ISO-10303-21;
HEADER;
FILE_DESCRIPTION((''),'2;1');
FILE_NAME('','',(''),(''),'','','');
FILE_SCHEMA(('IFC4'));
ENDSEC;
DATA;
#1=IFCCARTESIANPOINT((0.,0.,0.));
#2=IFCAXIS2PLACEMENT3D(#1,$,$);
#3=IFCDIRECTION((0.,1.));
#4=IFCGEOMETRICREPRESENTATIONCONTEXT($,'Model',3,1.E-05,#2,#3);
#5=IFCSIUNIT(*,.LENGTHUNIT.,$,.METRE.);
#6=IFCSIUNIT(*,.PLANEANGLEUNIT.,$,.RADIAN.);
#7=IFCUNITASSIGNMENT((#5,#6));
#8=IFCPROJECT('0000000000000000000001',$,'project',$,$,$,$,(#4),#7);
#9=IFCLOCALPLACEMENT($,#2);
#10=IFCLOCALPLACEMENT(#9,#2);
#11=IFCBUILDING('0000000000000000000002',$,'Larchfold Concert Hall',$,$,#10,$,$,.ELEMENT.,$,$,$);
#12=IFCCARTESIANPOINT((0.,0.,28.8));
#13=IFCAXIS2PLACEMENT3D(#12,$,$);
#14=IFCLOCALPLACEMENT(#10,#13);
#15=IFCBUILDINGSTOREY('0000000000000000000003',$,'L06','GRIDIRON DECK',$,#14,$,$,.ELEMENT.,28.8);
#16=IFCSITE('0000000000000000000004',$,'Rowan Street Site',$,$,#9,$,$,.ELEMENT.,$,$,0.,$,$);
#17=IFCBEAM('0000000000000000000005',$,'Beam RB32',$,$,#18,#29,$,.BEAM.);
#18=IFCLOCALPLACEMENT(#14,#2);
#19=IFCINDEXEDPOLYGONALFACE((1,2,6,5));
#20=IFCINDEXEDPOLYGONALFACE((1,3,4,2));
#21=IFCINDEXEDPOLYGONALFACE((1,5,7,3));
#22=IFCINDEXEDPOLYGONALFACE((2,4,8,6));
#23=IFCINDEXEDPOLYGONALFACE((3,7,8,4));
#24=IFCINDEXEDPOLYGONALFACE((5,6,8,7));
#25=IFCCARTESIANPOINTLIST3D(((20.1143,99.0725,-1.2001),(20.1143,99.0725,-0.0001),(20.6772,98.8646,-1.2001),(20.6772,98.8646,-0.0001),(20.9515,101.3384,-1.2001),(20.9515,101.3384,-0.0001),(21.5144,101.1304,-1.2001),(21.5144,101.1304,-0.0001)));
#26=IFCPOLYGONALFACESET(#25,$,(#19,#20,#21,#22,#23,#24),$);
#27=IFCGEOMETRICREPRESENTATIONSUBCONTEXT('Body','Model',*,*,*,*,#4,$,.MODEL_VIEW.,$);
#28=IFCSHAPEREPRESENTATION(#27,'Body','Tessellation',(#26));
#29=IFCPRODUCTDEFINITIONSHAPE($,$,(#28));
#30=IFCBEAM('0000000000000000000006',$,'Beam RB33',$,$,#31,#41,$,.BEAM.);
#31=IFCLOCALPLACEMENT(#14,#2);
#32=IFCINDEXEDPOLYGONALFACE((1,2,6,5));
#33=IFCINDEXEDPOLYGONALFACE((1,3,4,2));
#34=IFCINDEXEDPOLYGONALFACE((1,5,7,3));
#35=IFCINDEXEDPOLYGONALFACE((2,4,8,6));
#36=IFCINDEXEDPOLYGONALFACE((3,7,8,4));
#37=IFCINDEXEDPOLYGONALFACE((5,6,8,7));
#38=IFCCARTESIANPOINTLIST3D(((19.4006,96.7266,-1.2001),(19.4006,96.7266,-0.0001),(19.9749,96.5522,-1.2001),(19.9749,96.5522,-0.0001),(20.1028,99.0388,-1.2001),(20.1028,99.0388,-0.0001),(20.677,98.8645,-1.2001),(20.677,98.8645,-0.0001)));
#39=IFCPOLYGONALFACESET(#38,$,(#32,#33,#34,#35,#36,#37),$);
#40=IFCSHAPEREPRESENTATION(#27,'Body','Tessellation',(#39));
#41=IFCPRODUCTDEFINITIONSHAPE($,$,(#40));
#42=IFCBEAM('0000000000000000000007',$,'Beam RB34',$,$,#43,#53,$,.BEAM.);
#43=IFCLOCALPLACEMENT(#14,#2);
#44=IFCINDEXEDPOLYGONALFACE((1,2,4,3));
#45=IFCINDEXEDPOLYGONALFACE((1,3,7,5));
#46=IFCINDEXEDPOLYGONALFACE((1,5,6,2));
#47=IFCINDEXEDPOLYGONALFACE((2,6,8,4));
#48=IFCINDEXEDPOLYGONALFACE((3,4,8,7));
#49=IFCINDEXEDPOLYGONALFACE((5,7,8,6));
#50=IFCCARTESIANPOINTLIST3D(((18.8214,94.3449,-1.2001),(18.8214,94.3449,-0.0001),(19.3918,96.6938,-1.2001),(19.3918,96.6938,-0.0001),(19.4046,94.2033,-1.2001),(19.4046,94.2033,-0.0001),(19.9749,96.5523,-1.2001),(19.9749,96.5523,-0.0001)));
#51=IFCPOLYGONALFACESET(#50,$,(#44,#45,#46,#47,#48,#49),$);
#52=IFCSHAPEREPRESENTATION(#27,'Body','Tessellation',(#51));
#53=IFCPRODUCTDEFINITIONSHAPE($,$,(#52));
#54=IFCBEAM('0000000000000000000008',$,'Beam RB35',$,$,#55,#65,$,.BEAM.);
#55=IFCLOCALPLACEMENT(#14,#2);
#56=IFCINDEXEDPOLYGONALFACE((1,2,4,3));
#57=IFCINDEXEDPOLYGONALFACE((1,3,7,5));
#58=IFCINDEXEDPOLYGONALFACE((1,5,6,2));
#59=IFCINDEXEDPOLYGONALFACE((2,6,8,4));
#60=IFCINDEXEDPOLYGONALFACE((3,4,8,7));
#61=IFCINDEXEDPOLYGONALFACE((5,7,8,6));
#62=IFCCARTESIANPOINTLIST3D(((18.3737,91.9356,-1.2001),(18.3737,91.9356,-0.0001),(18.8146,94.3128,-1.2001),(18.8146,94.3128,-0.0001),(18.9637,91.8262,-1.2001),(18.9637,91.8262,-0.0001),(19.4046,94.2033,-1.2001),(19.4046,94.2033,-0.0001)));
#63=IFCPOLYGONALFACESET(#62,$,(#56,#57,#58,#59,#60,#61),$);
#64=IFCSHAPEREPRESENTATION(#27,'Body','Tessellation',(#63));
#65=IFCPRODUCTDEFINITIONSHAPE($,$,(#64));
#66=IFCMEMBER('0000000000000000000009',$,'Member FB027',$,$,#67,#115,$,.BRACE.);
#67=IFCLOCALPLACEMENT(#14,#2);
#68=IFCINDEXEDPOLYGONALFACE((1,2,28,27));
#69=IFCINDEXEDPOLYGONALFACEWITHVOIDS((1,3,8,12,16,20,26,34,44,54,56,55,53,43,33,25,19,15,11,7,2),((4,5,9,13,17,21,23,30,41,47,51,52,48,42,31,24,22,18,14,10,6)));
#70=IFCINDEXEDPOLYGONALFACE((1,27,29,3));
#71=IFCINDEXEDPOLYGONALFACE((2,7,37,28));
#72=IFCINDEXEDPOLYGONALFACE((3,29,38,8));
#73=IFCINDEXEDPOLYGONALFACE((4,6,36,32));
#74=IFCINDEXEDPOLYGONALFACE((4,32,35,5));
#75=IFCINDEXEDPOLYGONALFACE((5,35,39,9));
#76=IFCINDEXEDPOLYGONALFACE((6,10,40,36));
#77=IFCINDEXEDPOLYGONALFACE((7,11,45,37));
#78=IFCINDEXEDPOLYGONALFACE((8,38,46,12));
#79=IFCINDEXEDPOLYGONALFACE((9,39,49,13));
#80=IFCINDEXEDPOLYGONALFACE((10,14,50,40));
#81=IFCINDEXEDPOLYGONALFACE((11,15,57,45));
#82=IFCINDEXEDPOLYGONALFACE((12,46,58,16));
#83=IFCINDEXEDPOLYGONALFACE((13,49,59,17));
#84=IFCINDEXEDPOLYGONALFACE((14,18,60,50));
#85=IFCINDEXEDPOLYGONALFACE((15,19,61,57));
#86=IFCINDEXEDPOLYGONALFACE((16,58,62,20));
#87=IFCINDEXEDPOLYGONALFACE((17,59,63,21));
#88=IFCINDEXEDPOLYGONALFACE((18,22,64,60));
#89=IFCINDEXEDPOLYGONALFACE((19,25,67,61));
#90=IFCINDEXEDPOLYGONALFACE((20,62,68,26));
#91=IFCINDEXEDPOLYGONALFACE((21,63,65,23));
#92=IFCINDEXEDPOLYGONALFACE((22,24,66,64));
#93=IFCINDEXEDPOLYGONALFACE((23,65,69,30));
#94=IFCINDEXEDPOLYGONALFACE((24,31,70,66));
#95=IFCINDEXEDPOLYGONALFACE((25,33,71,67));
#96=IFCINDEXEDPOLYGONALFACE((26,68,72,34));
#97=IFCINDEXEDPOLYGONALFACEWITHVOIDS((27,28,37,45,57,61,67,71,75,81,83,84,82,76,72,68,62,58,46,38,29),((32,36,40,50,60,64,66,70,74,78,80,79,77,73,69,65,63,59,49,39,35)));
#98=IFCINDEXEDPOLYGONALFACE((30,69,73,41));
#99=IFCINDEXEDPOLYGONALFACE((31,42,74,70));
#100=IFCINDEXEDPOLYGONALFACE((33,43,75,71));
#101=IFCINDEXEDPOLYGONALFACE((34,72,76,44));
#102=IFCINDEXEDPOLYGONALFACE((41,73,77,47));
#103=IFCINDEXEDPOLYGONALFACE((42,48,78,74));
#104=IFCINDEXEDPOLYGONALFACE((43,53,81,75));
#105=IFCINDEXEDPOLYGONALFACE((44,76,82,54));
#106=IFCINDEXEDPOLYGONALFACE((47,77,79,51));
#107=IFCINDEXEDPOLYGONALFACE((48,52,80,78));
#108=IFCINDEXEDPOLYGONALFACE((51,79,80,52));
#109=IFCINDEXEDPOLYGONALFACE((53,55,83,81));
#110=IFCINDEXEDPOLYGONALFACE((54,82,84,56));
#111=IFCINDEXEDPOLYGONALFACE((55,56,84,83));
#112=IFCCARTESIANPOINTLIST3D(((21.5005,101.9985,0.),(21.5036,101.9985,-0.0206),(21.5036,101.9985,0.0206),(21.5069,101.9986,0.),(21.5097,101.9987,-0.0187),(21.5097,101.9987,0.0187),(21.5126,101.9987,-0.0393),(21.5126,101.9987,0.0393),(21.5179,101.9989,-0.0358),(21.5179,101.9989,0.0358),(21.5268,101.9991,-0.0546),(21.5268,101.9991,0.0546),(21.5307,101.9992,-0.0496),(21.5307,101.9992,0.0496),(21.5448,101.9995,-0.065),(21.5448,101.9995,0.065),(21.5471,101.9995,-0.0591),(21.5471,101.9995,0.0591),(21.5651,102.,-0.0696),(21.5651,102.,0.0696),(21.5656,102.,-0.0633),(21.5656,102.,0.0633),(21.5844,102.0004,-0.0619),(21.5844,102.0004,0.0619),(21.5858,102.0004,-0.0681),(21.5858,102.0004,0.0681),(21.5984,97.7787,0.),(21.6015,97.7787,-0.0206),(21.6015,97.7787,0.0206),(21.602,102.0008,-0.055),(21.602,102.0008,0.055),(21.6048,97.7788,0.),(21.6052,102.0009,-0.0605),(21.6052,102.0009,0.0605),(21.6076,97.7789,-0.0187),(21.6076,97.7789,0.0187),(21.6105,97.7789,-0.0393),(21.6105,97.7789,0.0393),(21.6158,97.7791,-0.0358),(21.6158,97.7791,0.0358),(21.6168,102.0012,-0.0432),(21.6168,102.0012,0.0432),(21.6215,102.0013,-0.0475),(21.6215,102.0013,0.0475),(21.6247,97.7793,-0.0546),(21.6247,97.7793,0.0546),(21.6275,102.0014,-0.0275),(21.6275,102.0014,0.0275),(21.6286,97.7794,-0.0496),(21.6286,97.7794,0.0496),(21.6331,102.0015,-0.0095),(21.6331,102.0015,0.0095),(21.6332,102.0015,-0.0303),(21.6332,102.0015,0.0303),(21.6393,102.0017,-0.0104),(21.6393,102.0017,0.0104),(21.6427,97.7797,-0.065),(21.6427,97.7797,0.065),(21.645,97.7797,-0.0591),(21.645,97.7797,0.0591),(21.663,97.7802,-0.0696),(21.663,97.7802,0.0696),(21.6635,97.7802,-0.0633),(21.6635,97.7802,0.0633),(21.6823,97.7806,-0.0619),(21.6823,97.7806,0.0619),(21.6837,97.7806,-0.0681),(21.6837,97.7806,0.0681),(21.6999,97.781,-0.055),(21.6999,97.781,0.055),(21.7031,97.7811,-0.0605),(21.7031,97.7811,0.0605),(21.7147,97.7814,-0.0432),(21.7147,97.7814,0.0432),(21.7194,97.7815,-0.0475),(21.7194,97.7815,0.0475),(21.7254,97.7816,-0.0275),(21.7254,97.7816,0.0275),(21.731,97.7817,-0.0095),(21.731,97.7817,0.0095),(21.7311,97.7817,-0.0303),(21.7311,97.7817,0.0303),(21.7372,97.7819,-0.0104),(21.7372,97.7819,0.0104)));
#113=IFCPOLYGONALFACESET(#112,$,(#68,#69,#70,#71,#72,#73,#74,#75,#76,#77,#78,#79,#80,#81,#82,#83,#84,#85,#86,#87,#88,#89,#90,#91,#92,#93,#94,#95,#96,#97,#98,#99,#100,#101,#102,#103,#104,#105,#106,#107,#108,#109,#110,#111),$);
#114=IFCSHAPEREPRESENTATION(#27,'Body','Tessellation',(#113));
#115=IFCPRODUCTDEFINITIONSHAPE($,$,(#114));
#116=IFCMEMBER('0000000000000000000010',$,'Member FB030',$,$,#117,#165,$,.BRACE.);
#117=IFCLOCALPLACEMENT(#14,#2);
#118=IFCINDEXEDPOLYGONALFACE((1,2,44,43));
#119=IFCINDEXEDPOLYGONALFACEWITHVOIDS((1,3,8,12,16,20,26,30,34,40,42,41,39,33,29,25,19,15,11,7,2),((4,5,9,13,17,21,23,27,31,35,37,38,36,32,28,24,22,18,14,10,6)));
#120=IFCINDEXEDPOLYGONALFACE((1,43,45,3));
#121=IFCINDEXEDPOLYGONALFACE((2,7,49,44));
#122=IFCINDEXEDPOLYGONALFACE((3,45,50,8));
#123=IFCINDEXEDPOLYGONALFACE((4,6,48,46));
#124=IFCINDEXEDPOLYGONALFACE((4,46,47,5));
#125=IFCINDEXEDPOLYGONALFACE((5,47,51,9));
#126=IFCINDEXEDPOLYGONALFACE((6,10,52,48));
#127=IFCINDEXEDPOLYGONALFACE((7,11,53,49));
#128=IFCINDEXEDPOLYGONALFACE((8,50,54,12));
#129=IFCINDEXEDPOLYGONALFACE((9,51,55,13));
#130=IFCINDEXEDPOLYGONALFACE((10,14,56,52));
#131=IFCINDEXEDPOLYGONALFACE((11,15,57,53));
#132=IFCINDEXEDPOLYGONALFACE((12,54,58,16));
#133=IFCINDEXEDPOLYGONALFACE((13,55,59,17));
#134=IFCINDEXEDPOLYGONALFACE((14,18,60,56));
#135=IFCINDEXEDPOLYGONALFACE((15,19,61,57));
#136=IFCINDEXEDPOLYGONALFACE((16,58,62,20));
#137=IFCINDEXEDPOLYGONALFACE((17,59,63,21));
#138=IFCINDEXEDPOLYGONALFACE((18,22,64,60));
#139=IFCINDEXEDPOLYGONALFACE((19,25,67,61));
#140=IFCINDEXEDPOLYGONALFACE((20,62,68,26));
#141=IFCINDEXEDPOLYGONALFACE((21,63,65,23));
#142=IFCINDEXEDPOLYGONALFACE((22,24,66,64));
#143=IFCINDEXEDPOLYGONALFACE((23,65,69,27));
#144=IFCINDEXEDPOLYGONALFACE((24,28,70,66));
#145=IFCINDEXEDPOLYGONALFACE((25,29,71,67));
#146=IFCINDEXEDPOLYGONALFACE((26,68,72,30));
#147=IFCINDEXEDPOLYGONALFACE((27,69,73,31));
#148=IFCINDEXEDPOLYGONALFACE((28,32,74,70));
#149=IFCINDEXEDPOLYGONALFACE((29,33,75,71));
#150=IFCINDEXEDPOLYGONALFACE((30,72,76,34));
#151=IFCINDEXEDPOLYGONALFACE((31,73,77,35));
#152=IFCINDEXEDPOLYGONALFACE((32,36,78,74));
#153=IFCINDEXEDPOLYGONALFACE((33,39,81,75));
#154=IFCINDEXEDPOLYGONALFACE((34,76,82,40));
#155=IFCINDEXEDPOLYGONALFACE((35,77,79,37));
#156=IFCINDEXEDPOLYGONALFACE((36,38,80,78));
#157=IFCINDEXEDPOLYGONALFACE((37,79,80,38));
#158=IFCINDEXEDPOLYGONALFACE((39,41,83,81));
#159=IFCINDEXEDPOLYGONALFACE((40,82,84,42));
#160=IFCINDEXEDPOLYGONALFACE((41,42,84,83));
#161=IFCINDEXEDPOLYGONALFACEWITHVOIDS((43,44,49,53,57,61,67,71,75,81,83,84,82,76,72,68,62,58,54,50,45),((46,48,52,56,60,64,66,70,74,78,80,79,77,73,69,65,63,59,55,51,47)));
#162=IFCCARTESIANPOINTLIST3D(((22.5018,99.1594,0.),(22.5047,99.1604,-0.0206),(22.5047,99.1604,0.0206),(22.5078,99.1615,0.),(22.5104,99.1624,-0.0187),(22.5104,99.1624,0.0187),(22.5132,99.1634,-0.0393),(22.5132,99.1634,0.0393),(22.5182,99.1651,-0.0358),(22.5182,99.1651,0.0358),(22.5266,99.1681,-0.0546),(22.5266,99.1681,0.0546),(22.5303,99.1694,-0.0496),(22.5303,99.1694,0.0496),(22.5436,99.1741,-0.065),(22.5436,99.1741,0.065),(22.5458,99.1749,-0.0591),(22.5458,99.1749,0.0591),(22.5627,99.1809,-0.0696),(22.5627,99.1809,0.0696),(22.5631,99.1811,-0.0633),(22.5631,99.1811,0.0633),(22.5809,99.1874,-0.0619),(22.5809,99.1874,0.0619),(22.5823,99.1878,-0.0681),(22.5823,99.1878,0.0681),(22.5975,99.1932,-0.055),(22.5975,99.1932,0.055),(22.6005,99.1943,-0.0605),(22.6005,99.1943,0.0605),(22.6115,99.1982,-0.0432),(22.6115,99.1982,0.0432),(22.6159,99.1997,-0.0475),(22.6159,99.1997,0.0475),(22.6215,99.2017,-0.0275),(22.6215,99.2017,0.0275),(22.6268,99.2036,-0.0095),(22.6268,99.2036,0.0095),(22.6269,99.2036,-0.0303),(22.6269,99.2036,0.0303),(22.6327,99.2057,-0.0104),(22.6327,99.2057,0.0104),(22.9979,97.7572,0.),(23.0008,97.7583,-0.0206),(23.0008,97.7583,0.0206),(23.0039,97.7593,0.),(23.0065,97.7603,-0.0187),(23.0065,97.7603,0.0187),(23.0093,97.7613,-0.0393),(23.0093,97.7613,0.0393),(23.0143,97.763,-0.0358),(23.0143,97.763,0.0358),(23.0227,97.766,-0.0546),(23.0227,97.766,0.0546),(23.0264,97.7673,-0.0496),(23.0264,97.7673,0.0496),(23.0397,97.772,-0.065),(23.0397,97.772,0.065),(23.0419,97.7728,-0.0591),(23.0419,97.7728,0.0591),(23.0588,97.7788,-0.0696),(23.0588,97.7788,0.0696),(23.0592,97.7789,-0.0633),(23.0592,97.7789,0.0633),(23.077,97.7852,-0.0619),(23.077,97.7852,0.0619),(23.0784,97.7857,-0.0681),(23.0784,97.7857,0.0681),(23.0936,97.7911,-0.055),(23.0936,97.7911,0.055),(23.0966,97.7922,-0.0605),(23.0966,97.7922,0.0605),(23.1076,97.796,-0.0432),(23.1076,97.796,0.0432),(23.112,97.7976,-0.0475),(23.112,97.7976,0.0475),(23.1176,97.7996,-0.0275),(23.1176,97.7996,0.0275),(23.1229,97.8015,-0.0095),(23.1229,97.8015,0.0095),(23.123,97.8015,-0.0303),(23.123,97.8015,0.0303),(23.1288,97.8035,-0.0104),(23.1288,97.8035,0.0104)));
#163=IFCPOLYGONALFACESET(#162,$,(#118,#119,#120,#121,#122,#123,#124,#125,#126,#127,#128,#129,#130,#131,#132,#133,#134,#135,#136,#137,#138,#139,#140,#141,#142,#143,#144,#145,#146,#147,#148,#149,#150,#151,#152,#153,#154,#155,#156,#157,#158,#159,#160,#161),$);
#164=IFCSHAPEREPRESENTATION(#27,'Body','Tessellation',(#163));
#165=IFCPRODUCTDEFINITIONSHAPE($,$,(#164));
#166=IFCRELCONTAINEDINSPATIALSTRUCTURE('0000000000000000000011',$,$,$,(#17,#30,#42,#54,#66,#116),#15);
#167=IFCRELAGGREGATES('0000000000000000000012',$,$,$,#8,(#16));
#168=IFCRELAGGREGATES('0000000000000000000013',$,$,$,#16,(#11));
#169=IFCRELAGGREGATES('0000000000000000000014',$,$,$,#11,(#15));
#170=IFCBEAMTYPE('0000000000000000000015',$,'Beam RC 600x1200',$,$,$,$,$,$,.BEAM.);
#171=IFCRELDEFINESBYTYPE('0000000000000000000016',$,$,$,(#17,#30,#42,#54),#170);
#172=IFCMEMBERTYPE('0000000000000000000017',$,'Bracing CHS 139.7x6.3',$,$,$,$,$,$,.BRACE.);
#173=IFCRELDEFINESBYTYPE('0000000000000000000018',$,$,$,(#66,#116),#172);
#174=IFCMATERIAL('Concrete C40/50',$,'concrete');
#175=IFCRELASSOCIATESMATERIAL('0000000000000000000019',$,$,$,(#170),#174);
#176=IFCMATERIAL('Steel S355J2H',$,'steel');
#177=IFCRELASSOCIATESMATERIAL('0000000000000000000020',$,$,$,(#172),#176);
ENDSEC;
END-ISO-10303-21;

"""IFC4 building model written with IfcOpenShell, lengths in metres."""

from ifc_helpers import new_model, si_unit, direction, frame, origin, origin_2d, place, context, subcontext, project, spatial, rectangle, hollow_circle, extrude, material, material_profile, profile_set, type_object, element, save


model = new_model("IFC4")

# Units and contexts
model_context = context("Model", 3, precision=1e-05, world=origin(), true_north=direction((0.0, 1.0)))
body_context = subcontext(model_context, "Body", "Model", "MODEL_VIEW")
ifc_project = project(units=[si_unit("LENGTHUNIT", "METRE"), si_unit("PLANEANGLEUNIT", "RADIAN")], contexts=[model_context])

# Site, building, storey
site_placement = place(None, origin())
site = spatial("IfcSite", under=ifc_project, at=site_placement, Name="Rowan Street Site", CompositionType="ELEMENT", RefElevation=0.0)
building_placement = place(site_placement, origin())
building = spatial("IfcBuilding", under=site, at=building_placement, Name="Larchfold Concert Hall", CompositionType="ELEMENT")
storey_placement = place(building_placement, frame((0.0, 0.0, 28.8)))
storey = spatial("IfcBuildingStorey", under=building, at=storey_placement, Name="L06", Description="GRIDIRON DECK", CompositionType="ELEMENT", Elevation=28.8)

# Beams
ifc_material_1 = material(Name="Concrete C40/50", Category="concrete")
ifc_material_profile_1 = material_profile(ifc_material_1, rectangle(XDim=0.6001, YDim=1.2, at=origin_2d()))
ifc_profile_set_1 = profile_set([ifc_material_profile_1], Name="Concrete C40/50")
beam_type_1 = type_object("IfcBeamType", Name="Beam RC 600x1200", PredefinedType="BEAM", material=ifc_profile_set_1)
beam_1_placement = place(storey_placement, frame((21.2329, 101.2344, -0.6001), z_axis=(-0.346567, -0.938025, 0.0), x_axis=(0.938025, -0.346567, 0.0)))
element("IfcBeam", 1, at=beam_1_placement, inside=storey, type_object=beam_type_1, Name="Beam RB32", PredefinedType="BEAM", context=body_context, shape_type="SweptSolid", body=[
    extrude(rectangle(XDim=0.6001, YDim=1.2, at=origin_2d()), origin(), (0.0, 0.0, 1.0), 2.4155),
])
beam_2_placement = place(storey_placement, frame((20.3899, 98.9517, -0.6001), z_axis=(-0.290563, -0.956856, 0.0), x_axis=(0.956856, -0.290563, 0.0)))
element("IfcBeam", 2, at=beam_2_placement, inside=storey, type_object=beam_type_1, Name="Beam RB33", PredefinedType="BEAM", context=body_context, shape_type="SweptSolid", body=[
    extrude(rectangle(XDim=0.6001, YDim=1.2, at=origin_2d()), origin(), (0.0, 0.0, 1.0), 2.4165),
])
beam_3_placement = place(storey_placement, frame((19.6833, 96.623, -0.6001), z_axis=(-0.235947, -0.971766, 0.0), x_axis=(0.971766, -0.235947, 0.0)))
element("IfcBeam", 3, at=beam_3_placement, inside=storey, type_object=beam_type_1, Name="Beam RB34", PredefinedType="BEAM", context=body_context, shape_type="SweptSolid", body=[
    extrude(rectangle(XDim=0.6001, YDim=1.2, at=origin_2d()), origin(), (0.0, 0.0, 1.0), 2.4172),
])
beam_4_placement = place(storey_placement, frame((19.1096, 94.2581, -0.6001), z_axis=(-0.182368, -0.98323, 0.0), x_axis=(0.98323, -0.182368, 0.0)))
element("IfcBeam", 4, at=beam_4_placement, inside=storey, type_object=beam_type_1, Name="Beam RB35", PredefinedType="BEAM", context=body_context, shape_type="SweptSolid", body=[
    extrude(rectangle(XDim=0.6001, YDim=1.2, at=origin_2d()), origin(), (0.0, 0.0, 1.0), 2.4177),
])

# Members
ifc_material_2 = material(Name="Steel S355J2H", Category="steel")
ifc_material_profile_2 = material_profile(ifc_material_2, hollow_circle(Radius=0.0698, WallThickness=0.0063, at=origin_2d()))
ifc_profile_set_2 = profile_set([ifc_material_profile_2], Name="Steel S355J2H")
member_type_1 = type_object("IfcMemberType", Name="Bracing CHS 139.7x6.3", PredefinedType="BRACE", material=ifc_profile_set_2)
member_1_placement = place(storey_placement, frame((21.6682, 97.7803, 0.0), z_axis=(-0.023194, 0.999731, 0.0), x_axis=(-0.999731, -0.023194, 0.0)))
element("IfcMember", 5, at=member_1_placement, inside=storey, type_object=member_type_1, Name="Member FB027", PredefinedType="BRACE", context=body_context, shape_type="SweptSolid", body=[
    extrude(hollow_circle(Radius=0.0698, WallThickness=0.0063, at=origin_2d()), origin(), (0.0, 0.0, 1.0), 4.2209),
])
member_2_placement = place(storey_placement, frame((23.0637, 97.7805, 0.0), z_axis=(-0.333558, 0.942729, 0.0), x_axis=(-0.942729, -0.333558, 0.0)))
element("IfcMember", 6, at=member_2_placement, inside=storey, type_object=member_type_1, Name="Member FB030", PredefinedType="BRACE", context=body_context, shape_type="SweptSolid", body=[
    extrude(hollow_circle(Radius=0.0698, WallThickness=0.0063, at=origin_2d()), origin(), (0.0, 0.0, 1.0), 1.4873),
])

save(model, "model.ifc")
